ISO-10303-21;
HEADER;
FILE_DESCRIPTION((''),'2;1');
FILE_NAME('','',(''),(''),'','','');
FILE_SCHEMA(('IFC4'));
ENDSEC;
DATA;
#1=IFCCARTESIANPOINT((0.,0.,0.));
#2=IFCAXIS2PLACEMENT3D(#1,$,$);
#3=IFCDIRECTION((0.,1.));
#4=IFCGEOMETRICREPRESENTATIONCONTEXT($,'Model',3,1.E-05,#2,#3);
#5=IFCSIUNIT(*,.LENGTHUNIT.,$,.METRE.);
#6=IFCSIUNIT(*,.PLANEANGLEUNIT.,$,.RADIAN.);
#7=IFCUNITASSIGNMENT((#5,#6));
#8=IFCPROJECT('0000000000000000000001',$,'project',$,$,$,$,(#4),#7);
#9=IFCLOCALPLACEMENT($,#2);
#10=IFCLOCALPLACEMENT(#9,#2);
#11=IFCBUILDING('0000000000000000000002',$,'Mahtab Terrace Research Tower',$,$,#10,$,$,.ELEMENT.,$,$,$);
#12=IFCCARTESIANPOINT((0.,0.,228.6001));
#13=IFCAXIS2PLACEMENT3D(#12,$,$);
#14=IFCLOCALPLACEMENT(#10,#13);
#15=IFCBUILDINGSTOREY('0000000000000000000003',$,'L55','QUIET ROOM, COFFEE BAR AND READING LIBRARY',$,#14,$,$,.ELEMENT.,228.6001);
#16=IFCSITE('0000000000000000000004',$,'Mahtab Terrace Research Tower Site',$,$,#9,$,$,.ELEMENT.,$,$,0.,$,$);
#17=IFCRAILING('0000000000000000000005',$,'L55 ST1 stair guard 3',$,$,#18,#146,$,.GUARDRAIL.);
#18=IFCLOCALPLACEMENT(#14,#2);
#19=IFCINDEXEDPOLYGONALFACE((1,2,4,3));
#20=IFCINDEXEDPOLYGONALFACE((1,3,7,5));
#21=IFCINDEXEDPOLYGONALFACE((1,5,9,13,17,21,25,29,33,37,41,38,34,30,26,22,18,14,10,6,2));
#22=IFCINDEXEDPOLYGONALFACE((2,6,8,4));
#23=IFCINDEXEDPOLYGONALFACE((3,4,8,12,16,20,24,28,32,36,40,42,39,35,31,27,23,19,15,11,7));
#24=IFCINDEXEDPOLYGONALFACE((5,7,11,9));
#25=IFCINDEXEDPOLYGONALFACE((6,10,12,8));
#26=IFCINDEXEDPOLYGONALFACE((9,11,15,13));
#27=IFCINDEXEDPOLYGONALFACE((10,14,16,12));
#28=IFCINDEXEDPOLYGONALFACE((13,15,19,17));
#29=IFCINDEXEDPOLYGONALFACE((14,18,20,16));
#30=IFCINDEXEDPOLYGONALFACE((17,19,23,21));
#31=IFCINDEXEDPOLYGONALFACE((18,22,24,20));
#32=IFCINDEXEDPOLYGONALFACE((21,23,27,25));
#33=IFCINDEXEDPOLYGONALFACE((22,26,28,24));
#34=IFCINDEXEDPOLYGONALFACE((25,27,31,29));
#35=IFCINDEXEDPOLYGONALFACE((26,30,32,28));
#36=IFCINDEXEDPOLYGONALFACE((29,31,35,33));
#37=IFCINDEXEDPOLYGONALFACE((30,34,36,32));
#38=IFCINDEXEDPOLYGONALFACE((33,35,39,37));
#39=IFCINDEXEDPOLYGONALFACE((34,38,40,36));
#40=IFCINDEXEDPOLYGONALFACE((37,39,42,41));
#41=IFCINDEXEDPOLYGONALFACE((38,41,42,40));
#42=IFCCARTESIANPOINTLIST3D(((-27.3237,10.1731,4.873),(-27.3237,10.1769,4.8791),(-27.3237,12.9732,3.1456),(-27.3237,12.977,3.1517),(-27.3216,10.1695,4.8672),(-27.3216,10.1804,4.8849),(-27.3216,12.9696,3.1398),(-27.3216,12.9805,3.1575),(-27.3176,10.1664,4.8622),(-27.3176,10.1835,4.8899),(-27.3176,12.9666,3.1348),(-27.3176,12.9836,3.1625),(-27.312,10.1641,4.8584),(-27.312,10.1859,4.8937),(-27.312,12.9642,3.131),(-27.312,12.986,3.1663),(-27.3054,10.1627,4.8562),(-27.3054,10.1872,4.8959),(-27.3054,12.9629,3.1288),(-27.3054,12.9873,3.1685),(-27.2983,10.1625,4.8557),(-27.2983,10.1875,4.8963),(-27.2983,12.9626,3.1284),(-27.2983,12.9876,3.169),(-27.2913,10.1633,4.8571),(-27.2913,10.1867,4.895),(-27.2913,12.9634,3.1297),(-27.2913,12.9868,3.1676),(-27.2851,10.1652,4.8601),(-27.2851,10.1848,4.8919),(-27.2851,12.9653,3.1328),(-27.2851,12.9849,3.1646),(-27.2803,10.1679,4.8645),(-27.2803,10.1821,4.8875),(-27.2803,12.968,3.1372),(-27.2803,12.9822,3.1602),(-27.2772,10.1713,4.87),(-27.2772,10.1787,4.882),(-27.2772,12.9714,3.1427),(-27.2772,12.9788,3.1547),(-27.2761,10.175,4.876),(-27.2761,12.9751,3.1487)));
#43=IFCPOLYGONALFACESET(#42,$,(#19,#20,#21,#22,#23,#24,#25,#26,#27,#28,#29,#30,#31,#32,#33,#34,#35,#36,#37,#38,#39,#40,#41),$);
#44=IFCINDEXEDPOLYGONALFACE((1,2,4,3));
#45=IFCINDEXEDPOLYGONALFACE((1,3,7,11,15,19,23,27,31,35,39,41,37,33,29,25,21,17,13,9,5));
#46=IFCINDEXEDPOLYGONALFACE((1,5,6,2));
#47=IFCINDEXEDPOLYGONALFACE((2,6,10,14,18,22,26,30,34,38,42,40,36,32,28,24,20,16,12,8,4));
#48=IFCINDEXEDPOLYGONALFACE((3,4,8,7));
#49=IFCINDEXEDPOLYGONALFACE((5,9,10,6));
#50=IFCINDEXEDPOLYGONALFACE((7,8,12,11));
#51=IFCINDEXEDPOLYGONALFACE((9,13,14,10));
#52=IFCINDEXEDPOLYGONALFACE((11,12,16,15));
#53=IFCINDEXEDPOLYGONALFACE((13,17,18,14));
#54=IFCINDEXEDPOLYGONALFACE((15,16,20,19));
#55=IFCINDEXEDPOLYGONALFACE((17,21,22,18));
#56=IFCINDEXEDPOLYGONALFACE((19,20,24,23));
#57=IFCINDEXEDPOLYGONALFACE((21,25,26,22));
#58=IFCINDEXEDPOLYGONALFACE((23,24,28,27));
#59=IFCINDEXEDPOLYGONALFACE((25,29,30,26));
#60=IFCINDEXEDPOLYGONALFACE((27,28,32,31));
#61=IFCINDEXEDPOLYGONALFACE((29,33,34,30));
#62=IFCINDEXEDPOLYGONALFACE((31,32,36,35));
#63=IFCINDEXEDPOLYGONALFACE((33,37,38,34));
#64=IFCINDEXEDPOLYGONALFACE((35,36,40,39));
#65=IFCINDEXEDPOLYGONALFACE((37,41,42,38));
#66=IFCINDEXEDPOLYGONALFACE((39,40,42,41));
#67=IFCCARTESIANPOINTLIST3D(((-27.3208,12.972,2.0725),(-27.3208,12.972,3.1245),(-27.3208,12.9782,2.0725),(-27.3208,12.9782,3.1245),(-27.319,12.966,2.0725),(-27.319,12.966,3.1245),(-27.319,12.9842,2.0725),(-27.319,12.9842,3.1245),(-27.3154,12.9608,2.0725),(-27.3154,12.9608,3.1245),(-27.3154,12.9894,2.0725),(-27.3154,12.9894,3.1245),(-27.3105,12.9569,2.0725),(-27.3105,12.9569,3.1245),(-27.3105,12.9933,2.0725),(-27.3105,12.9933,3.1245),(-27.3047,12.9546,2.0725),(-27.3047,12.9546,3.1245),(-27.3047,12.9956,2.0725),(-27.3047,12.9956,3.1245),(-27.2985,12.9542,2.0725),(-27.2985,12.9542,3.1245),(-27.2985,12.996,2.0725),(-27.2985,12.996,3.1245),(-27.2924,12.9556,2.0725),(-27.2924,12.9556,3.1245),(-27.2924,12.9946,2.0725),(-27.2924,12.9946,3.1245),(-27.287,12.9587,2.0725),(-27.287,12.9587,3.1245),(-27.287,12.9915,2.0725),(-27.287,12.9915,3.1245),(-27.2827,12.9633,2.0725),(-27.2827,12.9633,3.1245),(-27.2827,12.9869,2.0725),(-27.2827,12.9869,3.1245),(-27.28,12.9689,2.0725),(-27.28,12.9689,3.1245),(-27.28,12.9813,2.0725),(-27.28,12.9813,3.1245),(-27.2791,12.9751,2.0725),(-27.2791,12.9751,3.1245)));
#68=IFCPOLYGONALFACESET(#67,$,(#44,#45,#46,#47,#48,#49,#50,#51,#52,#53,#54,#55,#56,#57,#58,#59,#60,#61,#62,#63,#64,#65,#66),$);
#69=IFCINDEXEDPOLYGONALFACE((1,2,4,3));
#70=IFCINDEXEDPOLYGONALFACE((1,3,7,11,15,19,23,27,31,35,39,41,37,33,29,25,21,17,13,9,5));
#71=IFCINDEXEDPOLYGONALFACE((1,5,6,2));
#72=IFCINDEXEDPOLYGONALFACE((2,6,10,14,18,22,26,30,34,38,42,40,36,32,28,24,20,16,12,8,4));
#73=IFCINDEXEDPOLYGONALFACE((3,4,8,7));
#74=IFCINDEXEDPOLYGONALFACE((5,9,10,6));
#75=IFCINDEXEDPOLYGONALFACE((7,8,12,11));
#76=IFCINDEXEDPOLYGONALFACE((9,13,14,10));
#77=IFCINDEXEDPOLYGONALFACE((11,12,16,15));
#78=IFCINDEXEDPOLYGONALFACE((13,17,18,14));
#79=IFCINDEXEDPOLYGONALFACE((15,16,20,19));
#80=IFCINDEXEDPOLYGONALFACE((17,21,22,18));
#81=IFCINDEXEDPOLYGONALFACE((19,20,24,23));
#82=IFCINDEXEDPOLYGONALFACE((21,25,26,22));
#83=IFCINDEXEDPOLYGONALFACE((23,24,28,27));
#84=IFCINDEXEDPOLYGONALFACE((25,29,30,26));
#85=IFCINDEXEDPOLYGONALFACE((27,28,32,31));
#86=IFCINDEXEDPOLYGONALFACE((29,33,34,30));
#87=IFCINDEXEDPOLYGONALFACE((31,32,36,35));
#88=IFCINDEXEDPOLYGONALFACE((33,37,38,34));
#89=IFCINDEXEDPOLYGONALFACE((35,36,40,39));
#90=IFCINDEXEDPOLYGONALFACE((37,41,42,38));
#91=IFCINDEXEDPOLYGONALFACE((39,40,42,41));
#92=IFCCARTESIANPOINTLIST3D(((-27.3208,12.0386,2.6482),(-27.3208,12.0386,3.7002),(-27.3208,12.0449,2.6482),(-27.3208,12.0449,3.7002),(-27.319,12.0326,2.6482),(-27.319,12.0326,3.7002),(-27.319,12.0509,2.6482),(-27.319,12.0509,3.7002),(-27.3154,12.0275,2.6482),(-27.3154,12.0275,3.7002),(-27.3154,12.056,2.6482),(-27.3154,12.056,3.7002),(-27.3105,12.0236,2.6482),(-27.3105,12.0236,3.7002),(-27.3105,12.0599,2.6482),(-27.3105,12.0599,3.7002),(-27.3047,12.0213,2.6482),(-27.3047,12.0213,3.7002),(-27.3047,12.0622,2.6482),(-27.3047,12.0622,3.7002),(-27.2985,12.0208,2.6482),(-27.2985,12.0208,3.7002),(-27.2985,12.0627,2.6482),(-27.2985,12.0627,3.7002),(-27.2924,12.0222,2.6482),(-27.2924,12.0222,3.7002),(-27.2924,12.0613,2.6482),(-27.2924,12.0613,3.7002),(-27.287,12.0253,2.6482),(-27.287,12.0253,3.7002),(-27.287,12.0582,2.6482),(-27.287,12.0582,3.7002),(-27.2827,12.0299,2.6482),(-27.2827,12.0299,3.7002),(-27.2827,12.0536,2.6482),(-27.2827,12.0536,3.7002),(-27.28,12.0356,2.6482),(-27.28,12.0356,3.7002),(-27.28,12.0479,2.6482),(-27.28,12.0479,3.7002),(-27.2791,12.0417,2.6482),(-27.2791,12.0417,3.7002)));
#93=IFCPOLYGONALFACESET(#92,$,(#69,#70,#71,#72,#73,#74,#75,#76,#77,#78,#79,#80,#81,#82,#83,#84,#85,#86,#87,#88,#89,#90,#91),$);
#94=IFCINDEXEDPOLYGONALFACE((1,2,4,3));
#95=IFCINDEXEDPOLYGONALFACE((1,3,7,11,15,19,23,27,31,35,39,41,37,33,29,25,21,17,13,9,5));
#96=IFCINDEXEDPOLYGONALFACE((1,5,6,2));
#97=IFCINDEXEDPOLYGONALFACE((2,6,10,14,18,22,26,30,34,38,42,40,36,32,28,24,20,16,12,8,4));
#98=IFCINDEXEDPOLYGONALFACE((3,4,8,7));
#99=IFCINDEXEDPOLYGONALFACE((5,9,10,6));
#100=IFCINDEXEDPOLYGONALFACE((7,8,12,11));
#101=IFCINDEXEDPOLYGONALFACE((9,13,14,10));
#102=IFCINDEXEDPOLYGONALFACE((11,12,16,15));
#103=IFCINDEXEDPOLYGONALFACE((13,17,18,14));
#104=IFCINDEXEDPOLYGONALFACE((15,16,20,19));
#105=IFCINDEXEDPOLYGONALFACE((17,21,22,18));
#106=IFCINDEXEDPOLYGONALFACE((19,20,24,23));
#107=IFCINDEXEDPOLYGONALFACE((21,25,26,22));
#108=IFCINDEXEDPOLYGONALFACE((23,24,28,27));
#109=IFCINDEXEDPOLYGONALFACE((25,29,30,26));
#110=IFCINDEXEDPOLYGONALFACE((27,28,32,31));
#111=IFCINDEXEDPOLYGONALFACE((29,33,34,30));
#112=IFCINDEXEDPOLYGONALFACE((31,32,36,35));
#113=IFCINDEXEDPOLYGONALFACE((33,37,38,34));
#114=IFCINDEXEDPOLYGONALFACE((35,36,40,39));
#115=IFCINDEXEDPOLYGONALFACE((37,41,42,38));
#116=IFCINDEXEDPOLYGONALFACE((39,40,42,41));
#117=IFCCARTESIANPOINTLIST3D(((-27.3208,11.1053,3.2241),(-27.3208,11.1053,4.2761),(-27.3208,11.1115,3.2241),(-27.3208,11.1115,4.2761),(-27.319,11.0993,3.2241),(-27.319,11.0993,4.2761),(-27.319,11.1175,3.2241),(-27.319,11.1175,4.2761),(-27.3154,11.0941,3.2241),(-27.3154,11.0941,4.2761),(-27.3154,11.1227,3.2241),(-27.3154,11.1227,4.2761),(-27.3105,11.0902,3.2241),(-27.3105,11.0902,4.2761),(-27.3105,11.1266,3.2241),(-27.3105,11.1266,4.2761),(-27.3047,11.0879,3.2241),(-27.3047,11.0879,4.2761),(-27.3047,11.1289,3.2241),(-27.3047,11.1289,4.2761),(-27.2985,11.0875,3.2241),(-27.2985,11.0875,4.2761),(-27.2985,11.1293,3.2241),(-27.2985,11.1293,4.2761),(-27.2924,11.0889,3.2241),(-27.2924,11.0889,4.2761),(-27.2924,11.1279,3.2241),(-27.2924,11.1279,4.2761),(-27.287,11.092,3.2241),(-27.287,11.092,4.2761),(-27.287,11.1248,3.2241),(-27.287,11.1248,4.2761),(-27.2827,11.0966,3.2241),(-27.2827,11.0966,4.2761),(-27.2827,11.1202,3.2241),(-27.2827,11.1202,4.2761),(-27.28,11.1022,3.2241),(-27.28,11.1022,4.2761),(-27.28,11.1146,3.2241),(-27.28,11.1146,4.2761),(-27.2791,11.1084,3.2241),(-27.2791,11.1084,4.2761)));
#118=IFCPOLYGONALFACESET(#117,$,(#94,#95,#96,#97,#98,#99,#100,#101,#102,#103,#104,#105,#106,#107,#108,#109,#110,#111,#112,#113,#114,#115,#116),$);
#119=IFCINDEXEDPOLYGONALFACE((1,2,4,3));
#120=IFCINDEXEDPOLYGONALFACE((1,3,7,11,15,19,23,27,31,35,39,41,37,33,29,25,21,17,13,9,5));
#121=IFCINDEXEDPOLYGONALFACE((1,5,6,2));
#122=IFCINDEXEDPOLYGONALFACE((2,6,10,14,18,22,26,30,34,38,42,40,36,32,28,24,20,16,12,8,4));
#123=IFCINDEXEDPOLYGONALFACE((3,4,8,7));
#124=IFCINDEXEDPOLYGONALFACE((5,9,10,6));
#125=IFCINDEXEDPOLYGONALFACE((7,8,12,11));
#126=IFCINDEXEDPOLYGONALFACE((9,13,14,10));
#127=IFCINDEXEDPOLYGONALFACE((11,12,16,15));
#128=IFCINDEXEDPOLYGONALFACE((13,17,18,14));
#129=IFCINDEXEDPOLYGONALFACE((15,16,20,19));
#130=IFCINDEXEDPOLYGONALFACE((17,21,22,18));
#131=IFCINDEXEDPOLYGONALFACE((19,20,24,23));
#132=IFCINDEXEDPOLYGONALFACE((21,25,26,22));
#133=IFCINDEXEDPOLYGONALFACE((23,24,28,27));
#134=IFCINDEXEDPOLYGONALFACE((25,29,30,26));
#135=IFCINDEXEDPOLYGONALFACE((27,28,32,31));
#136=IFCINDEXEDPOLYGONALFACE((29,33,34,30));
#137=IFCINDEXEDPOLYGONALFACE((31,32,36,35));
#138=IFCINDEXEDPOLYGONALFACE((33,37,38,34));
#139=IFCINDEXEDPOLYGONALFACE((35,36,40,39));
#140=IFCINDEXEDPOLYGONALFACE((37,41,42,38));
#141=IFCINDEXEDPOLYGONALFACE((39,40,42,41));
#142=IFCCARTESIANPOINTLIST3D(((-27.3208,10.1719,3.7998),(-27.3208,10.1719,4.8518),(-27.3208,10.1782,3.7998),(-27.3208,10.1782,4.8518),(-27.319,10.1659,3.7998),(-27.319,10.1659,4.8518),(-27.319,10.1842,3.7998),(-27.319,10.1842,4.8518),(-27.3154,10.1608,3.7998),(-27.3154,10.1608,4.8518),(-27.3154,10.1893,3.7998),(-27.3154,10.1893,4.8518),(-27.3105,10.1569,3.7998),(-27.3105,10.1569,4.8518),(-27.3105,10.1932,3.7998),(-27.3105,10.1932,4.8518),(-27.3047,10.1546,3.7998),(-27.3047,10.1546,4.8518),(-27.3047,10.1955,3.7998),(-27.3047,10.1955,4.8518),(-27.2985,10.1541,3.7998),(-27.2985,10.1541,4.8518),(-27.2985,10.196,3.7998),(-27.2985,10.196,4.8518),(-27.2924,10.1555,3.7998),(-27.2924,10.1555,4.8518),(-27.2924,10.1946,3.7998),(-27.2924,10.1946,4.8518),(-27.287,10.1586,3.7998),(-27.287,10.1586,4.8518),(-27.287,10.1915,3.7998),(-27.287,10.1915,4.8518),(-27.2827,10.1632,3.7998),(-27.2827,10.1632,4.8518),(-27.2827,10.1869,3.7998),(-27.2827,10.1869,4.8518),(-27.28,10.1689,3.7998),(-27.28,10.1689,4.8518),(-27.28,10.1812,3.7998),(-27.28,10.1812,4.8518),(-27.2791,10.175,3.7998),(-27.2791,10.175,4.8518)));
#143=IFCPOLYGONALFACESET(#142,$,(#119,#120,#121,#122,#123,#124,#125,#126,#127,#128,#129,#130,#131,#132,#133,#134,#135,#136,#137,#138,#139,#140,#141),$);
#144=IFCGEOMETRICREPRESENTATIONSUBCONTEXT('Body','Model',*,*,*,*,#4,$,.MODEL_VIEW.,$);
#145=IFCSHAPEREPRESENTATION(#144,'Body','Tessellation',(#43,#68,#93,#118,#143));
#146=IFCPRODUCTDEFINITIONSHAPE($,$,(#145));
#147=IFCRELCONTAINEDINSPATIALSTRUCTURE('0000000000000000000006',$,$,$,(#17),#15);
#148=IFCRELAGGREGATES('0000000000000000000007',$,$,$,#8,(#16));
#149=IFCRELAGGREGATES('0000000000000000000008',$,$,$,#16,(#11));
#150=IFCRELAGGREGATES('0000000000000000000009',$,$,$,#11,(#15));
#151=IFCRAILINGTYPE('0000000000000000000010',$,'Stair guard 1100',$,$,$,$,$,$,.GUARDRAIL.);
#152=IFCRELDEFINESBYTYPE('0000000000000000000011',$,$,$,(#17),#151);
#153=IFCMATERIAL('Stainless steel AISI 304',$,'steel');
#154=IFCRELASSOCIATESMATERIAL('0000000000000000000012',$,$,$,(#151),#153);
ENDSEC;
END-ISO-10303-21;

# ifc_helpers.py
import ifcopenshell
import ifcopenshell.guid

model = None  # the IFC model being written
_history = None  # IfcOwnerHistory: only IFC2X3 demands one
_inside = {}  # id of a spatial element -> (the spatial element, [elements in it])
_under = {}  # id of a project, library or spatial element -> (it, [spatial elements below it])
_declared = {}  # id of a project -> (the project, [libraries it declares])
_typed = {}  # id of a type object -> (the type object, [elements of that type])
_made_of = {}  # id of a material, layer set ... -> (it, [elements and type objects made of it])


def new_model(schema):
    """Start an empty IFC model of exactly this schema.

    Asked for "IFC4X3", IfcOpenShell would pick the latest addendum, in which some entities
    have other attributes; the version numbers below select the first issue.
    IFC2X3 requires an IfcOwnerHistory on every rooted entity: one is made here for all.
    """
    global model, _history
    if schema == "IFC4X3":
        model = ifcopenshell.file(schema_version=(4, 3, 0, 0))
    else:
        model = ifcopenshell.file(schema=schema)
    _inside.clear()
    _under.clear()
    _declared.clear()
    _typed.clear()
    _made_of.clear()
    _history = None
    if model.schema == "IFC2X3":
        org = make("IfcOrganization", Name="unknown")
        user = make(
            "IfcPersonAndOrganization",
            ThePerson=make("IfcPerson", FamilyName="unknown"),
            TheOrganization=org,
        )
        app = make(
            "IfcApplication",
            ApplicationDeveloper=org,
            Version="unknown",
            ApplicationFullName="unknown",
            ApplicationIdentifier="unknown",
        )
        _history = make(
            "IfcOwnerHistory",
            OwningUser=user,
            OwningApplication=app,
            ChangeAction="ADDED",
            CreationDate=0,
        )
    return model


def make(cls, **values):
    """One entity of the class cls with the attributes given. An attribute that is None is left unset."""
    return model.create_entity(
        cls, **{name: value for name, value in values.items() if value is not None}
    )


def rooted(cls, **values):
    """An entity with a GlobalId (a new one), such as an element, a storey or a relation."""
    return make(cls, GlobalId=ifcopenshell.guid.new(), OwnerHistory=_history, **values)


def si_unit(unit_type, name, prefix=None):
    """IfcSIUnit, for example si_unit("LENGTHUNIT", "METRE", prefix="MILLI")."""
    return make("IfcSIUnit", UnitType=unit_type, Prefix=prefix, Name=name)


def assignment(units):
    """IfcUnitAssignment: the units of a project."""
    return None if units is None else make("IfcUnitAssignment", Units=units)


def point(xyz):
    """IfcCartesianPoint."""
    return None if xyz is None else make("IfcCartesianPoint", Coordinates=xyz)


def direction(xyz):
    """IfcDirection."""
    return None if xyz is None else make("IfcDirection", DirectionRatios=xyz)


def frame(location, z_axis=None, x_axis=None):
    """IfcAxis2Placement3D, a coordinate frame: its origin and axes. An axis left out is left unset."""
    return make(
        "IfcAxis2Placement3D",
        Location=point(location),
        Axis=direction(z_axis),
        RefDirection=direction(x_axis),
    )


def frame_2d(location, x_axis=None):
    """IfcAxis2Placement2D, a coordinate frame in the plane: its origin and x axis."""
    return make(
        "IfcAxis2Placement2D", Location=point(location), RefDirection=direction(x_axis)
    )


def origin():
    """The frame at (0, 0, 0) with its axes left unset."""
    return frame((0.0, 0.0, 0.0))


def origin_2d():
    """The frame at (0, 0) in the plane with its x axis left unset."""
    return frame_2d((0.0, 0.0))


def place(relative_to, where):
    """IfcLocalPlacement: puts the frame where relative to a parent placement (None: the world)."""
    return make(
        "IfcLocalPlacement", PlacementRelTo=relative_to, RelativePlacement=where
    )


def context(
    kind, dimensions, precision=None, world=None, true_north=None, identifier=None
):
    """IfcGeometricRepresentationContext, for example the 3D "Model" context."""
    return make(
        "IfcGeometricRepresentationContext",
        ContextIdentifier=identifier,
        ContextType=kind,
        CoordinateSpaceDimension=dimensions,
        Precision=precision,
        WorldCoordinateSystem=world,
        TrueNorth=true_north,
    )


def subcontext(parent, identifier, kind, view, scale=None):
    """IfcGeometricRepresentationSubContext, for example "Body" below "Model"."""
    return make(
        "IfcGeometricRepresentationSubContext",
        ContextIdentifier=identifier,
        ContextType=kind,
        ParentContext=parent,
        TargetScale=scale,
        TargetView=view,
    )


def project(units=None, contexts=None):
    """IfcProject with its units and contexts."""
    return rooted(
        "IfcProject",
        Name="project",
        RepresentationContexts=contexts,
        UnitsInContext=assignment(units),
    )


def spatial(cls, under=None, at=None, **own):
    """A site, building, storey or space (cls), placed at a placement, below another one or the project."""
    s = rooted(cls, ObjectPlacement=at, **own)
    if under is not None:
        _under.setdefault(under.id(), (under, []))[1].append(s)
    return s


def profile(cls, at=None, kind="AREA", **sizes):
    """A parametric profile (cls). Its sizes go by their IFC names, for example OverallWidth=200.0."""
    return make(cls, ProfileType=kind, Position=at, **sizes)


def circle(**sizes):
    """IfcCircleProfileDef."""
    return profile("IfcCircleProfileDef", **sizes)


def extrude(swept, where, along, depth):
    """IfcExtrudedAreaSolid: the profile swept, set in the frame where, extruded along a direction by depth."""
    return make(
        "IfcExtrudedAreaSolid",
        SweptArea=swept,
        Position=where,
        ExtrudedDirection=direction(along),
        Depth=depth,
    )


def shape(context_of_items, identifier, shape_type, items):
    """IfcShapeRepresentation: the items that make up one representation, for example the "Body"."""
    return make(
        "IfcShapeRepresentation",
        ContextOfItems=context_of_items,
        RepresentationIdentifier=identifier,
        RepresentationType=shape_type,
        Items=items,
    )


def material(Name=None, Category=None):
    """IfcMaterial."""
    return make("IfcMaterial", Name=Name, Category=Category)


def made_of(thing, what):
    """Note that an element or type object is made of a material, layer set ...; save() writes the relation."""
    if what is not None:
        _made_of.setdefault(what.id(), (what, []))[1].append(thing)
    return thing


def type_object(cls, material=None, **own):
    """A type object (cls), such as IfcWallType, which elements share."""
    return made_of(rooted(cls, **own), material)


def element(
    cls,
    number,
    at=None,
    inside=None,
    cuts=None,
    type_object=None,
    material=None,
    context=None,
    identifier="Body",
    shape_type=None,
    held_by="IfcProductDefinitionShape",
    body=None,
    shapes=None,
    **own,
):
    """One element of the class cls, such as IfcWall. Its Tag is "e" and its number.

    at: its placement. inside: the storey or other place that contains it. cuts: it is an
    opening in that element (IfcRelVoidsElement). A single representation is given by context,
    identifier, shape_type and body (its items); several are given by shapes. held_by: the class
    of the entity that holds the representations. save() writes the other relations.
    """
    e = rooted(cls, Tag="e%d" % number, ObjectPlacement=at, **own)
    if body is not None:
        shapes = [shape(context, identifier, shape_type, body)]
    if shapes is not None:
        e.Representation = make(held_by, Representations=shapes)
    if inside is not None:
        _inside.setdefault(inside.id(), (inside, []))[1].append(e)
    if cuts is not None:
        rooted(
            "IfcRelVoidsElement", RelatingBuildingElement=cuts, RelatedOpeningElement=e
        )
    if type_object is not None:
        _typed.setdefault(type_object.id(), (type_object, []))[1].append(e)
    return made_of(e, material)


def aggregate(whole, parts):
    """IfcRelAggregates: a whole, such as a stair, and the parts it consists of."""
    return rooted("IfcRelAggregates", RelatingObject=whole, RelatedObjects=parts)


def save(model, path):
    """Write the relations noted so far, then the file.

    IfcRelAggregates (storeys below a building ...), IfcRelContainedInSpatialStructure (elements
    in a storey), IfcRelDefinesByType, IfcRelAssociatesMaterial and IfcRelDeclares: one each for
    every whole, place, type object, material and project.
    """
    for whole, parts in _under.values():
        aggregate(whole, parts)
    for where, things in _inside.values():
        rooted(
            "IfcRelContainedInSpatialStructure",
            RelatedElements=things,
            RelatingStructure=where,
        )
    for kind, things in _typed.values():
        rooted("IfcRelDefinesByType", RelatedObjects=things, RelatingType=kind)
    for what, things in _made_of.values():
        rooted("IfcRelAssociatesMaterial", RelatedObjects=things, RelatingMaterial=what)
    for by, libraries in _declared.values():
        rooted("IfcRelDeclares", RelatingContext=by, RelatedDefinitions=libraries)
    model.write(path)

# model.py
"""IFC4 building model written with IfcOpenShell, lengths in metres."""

from ifc_helpers import new_model, si_unit, direction, frame, origin, origin_2d, place, context, subcontext, project, spatial, circle, extrude, material, type_object, element, save


model = new_model("IFC4")

# Units and contexts
model_context = context("Model", 3, precision=1e-05, world=origin(), true_north=direction((0.0, 1.0)))
body_context = subcontext(model_context, "Body", "Model", "MODEL_VIEW")
ifc_project = project(units=[si_unit("LENGTHUNIT", "METRE"), si_unit("PLANEANGLEUNIT", "RADIAN")], contexts=[model_context])

# Site, building, storey
site_placement = place(None, origin())
site = spatial("IfcSite", under=ifc_project, at=site_placement, Name="Mahtab Terrace Research Tower Site", CompositionType="ELEMENT", RefElevation=0.0)
building_placement = place(site_placement, origin())
building = spatial("IfcBuilding", under=site, at=building_placement, Name="Mahtab Terrace Research Tower", CompositionType="ELEMENT")
storey_placement = place(building_placement, frame((0.0, 0.0, 228.6001)))
storey = spatial("IfcBuildingStorey", under=building, at=storey_placement, Name="L55", Description="QUIET ROOM, COFFEE BAR AND READING LIBRARY", CompositionType="ELEMENT", Elevation=228.6001)

# Railing
ifc_material_1 = material(Name="Stainless steel AISI 304", Category="steel")
railing_type_1 = type_object("IfcRailingType", Name="Stair guard 1100", PredefinedType="GUARDRAIL", material=ifc_material_1)
railing_1_placement = place(storey_placement, frame((-27.3, 12.9751, 2.0725)))
element("IfcRailing", 1, at=railing_1_placement, inside=storey, type_object=railing_type_1, Name="L55 ST1 stair guard 3", PredefinedType="GUARDRAIL", context=body_context, shape_type="SweptSolid", body=[
    extrude(circle(Radius=0.0239, at=origin_2d()), frame((0.0, 0.0, 1.0762), z_axis=(0.0, -0.85109, 0.52502), x_axis=(1.0, 0.0, 0.0)), (0.0, 0.0, 1.0), 3.29),
    extrude(circle(Radius=0.021, at=origin_2d()), origin(), (0.0, 0.0, 1.0), 1.052),
    extrude(circle(Radius=0.021, at=origin_2d()), frame((0.0, -0.9333, 0.5757)), (0.0, 0.0, 1.0), 1.052),
    extrude(circle(Radius=0.021, at=origin_2d()), frame((0.0, -1.8667, 1.1516)), (0.0, 0.0, 1.0), 1.052),
    extrude(circle(Radius=0.021, at=origin_2d()), frame((0.0, -2.8, 1.7273)), (0.0, 0.0, 1.0), 1.052),
])

save(model, "model.ifc")
